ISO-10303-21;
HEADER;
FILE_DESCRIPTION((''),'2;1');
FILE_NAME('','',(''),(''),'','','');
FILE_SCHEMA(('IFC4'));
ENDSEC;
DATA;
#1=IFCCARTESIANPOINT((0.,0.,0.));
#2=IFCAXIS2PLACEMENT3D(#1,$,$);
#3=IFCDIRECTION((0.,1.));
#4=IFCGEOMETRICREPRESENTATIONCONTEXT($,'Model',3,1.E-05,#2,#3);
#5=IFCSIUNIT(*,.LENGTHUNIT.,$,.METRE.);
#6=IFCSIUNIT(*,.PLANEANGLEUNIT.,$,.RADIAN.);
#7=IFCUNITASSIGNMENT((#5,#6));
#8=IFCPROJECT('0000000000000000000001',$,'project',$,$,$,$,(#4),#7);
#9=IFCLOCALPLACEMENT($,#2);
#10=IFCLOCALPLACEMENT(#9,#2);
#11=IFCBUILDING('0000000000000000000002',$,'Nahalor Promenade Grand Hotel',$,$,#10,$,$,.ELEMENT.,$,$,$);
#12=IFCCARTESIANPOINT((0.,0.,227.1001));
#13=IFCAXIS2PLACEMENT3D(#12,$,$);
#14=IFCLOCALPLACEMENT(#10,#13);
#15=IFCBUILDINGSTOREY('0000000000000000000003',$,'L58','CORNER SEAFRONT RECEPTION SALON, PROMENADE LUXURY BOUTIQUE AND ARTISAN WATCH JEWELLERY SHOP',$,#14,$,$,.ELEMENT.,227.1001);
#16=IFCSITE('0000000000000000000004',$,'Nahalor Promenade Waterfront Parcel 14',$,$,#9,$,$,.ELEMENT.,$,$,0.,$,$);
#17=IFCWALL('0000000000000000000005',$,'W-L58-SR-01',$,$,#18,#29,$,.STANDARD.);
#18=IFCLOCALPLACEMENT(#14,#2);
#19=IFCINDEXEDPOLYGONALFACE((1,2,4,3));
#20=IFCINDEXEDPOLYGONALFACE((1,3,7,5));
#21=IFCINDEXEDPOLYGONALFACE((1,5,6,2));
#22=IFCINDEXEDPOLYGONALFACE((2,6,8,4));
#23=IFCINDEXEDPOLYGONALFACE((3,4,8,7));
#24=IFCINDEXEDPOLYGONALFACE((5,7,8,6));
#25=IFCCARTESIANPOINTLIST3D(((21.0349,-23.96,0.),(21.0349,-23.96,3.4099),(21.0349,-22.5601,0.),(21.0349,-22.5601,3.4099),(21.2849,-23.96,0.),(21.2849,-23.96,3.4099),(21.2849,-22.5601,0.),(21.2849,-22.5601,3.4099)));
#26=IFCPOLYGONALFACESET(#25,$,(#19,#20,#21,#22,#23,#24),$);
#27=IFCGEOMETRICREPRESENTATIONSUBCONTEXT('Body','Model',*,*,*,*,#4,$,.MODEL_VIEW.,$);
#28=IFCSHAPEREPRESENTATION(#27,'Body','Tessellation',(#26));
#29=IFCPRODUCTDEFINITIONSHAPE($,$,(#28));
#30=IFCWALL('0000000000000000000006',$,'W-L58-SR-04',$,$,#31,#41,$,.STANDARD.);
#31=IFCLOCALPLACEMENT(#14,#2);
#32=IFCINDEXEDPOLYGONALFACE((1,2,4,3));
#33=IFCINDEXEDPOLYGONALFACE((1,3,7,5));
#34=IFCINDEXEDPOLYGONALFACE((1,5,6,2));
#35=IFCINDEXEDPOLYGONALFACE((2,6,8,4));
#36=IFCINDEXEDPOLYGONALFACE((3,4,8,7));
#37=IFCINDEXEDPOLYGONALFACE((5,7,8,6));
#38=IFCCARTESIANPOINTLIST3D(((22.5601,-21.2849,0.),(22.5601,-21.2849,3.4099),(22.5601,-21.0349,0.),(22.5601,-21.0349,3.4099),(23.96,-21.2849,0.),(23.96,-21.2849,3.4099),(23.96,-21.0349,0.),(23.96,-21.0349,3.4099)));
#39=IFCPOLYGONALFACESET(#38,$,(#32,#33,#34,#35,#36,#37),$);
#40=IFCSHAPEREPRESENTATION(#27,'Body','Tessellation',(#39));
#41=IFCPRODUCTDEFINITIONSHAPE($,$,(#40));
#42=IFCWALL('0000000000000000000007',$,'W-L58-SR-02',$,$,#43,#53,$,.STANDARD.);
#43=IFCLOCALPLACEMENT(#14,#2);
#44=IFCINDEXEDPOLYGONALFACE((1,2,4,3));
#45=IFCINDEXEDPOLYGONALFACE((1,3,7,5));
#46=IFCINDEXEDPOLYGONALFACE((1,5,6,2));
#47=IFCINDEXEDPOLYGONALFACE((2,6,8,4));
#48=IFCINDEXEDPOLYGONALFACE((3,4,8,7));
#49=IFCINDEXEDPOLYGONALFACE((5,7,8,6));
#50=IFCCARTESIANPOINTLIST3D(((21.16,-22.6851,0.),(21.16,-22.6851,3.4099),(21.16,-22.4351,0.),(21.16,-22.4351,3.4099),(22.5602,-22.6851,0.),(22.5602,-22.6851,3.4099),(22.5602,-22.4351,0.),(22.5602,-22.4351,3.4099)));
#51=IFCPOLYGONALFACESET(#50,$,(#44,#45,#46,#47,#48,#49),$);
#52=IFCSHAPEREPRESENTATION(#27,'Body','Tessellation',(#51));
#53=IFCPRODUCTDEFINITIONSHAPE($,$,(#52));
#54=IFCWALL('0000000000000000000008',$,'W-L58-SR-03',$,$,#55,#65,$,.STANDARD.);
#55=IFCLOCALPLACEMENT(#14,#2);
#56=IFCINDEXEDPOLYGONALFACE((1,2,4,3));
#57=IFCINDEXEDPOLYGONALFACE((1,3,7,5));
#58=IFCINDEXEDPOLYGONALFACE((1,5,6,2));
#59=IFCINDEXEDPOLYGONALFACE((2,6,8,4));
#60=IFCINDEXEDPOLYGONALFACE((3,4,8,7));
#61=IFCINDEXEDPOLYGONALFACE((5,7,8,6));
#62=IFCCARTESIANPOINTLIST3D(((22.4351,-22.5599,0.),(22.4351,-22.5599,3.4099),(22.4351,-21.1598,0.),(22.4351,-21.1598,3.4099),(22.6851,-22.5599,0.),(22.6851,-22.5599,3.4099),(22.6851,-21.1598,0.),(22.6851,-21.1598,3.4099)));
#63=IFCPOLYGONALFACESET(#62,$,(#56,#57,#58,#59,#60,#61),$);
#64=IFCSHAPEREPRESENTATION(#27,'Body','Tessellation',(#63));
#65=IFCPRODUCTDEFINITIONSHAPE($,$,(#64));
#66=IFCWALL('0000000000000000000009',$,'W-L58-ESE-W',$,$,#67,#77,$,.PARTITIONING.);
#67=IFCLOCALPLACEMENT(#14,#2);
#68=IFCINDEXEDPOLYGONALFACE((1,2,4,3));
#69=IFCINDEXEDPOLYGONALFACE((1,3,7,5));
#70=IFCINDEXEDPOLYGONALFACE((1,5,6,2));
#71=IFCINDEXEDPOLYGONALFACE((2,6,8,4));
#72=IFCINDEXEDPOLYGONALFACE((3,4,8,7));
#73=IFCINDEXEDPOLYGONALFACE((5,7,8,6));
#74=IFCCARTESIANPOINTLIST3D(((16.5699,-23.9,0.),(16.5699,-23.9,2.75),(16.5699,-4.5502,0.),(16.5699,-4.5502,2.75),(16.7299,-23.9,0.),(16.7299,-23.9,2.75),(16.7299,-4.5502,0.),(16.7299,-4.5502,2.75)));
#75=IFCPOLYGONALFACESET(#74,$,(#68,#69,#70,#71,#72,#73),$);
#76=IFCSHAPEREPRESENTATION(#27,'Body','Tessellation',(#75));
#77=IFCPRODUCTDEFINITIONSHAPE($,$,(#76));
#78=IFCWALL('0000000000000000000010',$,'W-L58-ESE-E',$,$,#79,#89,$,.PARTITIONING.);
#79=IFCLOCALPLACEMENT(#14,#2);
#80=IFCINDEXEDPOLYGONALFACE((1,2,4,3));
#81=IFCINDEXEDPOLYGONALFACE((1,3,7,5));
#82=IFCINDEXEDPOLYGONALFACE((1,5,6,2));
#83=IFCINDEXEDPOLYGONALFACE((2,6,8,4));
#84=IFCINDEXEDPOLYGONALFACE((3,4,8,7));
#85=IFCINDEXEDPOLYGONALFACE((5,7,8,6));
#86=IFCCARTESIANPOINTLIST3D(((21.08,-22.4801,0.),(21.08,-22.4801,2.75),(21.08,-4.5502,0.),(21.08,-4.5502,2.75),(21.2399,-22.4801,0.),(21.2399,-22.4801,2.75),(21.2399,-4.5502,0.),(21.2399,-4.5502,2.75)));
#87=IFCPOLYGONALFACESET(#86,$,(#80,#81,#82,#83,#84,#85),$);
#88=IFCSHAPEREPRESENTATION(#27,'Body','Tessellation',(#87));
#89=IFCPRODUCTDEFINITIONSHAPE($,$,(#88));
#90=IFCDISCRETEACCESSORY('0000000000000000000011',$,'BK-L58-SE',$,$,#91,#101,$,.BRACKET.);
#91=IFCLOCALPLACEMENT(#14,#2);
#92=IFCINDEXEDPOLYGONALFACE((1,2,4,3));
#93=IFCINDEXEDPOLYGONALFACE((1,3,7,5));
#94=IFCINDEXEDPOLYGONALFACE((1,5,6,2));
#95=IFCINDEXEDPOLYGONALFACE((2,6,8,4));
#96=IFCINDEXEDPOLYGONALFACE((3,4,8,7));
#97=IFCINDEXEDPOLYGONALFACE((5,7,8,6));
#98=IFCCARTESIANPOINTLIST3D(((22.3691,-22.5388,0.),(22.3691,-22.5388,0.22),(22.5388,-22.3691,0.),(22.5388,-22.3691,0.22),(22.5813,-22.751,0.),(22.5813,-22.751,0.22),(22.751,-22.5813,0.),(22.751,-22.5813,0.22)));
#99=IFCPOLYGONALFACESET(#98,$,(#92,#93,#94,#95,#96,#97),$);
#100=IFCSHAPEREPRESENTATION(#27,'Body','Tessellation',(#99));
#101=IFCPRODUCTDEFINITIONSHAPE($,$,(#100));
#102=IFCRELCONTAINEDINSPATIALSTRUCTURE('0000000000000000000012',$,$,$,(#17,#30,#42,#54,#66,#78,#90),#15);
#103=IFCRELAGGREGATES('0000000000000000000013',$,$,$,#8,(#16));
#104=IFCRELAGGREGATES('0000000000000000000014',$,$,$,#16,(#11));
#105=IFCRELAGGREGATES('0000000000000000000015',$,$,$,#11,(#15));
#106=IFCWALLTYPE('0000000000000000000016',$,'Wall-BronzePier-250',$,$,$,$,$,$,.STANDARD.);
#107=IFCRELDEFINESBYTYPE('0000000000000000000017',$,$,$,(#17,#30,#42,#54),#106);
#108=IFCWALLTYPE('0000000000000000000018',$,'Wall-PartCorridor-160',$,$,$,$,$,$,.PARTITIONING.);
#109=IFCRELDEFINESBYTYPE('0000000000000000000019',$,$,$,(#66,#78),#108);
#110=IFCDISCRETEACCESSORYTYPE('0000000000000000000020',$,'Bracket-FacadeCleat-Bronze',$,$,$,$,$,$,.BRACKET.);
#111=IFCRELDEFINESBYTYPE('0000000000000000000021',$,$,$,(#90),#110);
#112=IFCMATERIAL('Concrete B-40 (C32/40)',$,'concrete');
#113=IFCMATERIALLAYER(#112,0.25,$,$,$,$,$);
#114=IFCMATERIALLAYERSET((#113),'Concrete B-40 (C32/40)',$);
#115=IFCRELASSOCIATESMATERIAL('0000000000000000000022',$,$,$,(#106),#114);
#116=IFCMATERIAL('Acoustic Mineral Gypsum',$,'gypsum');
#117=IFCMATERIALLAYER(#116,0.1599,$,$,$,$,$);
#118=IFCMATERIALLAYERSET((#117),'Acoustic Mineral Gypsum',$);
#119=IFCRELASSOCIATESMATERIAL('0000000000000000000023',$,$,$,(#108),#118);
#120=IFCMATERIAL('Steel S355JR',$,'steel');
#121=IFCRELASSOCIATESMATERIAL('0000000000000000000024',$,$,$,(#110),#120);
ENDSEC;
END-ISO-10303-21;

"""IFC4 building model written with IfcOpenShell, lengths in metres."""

from ifc_helpers import new_model, si_unit, direction, frame, frame_2d, origin, origin_2d, place, context, subcontext, project, spatial, rectangle, extrude, source, transform, mapped, material, layer, layer_set, type_object, element, save


model = new_model("IFC4")

# Units and contexts
model_context = context("Model", 3, precision=1e-05, world=origin(), true_north=direction((0.0, 1.0)))
body_context = subcontext(model_context, "Body", "Model", "MODEL_VIEW")
ifc_project = project(units=[si_unit("LENGTHUNIT", "METRE"), si_unit("PLANEANGLEUNIT", "RADIAN")], contexts=[model_context])

# Site, building, storey
site_placement = place(None, origin())
site = spatial("IfcSite", under=ifc_project, at=site_placement, Name="Nahalor Promenade Waterfront Parcel 14", CompositionType="ELEMENT", RefElevation=0.0)
building_placement = place(site_placement, origin())
building = spatial("IfcBuilding", under=site, at=building_placement, Name="Nahalor Promenade Grand Hotel", CompositionType="ELEMENT")
storey_placement = place(building_placement, frame((0.0, 0.0, 227.1001)))
storey = spatial("IfcBuildingStorey", under=building, at=storey_placement, Name="L58", Description="CORNER SEAFRONT RECEPTION SALON, PROMENADE LUXURY BOUTIQUE AND ARTISAN WATCH JEWELLERY SHOP", CompositionType="ELEMENT", Elevation=227.1001)

# Shared definitions
ifc_material_1 = material(Name="Steel S355JR", Category="steel")

# Walls
ifc_material_2 = material(Name="Concrete B-40 (C32/40)", Category="concrete")
ifc_layer_1 = layer(ifc_material_2, 0.25)
ifc_layer_set_1 = layer_set([ifc_layer_1], Name="Concrete B-40 (C32/40)")
wall_type_1 = type_object("IfcWallType", Name="Wall-BronzePier-250", PredefinedType="STANDARD", material=ifc_layer_set_1)
shared_shape_1 = source(origin(), body_context, "Body", "SweptSolid", [
    extrude(rectangle(XDim=1.3999, YDim=0.25, at=frame_2d((0.7, 0.0))), origin(), (0.0, 0.0, 1.0), 3.4099),
])
for number, where, z_axis, x_axis, name in (
    (1, (21.1599, -23.96, 0.0), (0.0, 0.0, 1.0), (0.0, 1.0, 0.0), "W-L58-SR-01"),
    (2, (22.5601, -21.1599, 0.0), (0.0, 0.0, 1.0), (1.0, 0.0, 0.0), "W-L58-SR-04"),
):
    element("IfcWall", number, at=place(storey_placement, frame(where, z_axis=z_axis, x_axis=x_axis)), inside=storey, type_object=wall_type_1, Name=name, PredefinedType="STANDARD", context=body_context, shape_type="MappedRepresentation", body=[
        mapped(shared_shape_1, transform((0.0, 0.0, 0.0), scale=1.0)),
    ])
shared_shape_2 = source(origin(), body_context, "Body", "SweptSolid", [
    extrude(rectangle(XDim=1.4001, YDim=0.25, at=frame_2d((0.7002, 0.0))), origin(), (0.0, 0.0, 1.0), 3.4099),
])
for number, where, z_axis, x_axis, name in (
    (3, (21.1599, -22.5601, 0.0), (0.0, 0.0, 1.0), (1.0, 0.0, 0.0), "W-L58-SR-02"),
    (4, (22.5601, -22.5601, 0.0), (0.0, 0.0, 1.0), (0.0, 1.0, 0.0), "W-L58-SR-03"),
):
    element("IfcWall", number, at=place(storey_placement, frame(where, z_axis=z_axis, x_axis=x_axis)), inside=storey, type_object=wall_type_1, Name=name, PredefinedType="STANDARD", context=body_context, shape_type="MappedRepresentation", body=[
        mapped(shared_shape_2, transform((0.0, 0.0, 0.0), scale=1.0)),
    ])
ifc_material_3 = material(Name="Acoustic Mineral Gypsum", Category="gypsum")
ifc_layer_2 = layer(ifc_material_3, 0.1599)
ifc_layer_set_2 = layer_set([ifc_layer_2], Name="Acoustic Mineral Gypsum")
wall_type_2 = type_object("IfcWallType", Name="Wall-PartCorridor-160", PredefinedType="PARTITIONING", material=ifc_layer_set_2)
shared_shape_3 = source(origin(), body_context, "Body", "SweptSolid", [
    extrude(rectangle(XDim=19.3499, YDim=0.1599, at=frame_2d((9.6748, 0.0))), origin(), (0.0, 0.0, 1.0), 2.75),
])
wall_1_placement = place(storey_placement, frame((16.6499, -23.8999, 0.0), z_axis=(0.0, 0.0, 1.0), x_axis=(0.0, 1.0, 0.0)))
element("IfcWall", 5, at=wall_1_placement, inside=storey, type_object=wall_type_2, Name="W-L58-ESE-W", PredefinedType="PARTITIONING", context=body_context, shape_type="MappedRepresentation", body=[
    mapped(shared_shape_3, transform((0.0, 0.0, 0.0), scale=1.0)),
])
shared_shape_4 = source(origin(), body_context, "Body", "SweptSolid", [
    extrude(rectangle(XDim=17.9299, YDim=0.1599, at=frame_2d((8.9648, 0.0))), origin(), (0.0, 0.0, 1.0), 2.75),
])
wall_2_placement = place(storey_placement, frame((21.1599, -22.48, 0.0), z_axis=(0.0, 0.0, 1.0), x_axis=(0.0, 1.0, 0.0)))
element("IfcWall", 6, at=wall_2_placement, inside=storey, type_object=wall_type_2, Name="W-L58-ESE-E", PredefinedType="PARTITIONING", context=body_context, shape_type="MappedRepresentation", body=[
    mapped(shared_shape_4, transform((0.0, 0.0, 0.0), scale=1.0)),
])

# Discrete accessory
discrete_accessory_type = type_object("IfcDiscreteAccessoryType", Name="Bracket-FacadeCleat-Bronze", PredefinedType="BRACKET", material=ifc_material_1)
shared_shape_5 = source(origin(), body_context, "Body", "SweptSolid", [
    extrude(rectangle(XDim=0.3, YDim=0.24, at=origin_2d()), origin(), (0.0, 0.0, 1.0), 0.22),
])
discrete_accessory_placement = place(storey_placement, frame((22.5601, -22.5601, 0.0), z_axis=(0.0, 0.0, 1.0), x_axis=(-0.707107, 0.707107, 0.0)))
element("IfcDiscreteAccessory", 7, at=discrete_accessory_placement, inside=storey, type_object=discrete_accessory_type, Name="BK-L58-SE", PredefinedType="BRACKET", context=body_context, shape_type="MappedRepresentation", body=[
    mapped(shared_shape_5, transform((0.0, 0.0, 0.0), scale=1.0)),
])

save(model, "model.ifc")
